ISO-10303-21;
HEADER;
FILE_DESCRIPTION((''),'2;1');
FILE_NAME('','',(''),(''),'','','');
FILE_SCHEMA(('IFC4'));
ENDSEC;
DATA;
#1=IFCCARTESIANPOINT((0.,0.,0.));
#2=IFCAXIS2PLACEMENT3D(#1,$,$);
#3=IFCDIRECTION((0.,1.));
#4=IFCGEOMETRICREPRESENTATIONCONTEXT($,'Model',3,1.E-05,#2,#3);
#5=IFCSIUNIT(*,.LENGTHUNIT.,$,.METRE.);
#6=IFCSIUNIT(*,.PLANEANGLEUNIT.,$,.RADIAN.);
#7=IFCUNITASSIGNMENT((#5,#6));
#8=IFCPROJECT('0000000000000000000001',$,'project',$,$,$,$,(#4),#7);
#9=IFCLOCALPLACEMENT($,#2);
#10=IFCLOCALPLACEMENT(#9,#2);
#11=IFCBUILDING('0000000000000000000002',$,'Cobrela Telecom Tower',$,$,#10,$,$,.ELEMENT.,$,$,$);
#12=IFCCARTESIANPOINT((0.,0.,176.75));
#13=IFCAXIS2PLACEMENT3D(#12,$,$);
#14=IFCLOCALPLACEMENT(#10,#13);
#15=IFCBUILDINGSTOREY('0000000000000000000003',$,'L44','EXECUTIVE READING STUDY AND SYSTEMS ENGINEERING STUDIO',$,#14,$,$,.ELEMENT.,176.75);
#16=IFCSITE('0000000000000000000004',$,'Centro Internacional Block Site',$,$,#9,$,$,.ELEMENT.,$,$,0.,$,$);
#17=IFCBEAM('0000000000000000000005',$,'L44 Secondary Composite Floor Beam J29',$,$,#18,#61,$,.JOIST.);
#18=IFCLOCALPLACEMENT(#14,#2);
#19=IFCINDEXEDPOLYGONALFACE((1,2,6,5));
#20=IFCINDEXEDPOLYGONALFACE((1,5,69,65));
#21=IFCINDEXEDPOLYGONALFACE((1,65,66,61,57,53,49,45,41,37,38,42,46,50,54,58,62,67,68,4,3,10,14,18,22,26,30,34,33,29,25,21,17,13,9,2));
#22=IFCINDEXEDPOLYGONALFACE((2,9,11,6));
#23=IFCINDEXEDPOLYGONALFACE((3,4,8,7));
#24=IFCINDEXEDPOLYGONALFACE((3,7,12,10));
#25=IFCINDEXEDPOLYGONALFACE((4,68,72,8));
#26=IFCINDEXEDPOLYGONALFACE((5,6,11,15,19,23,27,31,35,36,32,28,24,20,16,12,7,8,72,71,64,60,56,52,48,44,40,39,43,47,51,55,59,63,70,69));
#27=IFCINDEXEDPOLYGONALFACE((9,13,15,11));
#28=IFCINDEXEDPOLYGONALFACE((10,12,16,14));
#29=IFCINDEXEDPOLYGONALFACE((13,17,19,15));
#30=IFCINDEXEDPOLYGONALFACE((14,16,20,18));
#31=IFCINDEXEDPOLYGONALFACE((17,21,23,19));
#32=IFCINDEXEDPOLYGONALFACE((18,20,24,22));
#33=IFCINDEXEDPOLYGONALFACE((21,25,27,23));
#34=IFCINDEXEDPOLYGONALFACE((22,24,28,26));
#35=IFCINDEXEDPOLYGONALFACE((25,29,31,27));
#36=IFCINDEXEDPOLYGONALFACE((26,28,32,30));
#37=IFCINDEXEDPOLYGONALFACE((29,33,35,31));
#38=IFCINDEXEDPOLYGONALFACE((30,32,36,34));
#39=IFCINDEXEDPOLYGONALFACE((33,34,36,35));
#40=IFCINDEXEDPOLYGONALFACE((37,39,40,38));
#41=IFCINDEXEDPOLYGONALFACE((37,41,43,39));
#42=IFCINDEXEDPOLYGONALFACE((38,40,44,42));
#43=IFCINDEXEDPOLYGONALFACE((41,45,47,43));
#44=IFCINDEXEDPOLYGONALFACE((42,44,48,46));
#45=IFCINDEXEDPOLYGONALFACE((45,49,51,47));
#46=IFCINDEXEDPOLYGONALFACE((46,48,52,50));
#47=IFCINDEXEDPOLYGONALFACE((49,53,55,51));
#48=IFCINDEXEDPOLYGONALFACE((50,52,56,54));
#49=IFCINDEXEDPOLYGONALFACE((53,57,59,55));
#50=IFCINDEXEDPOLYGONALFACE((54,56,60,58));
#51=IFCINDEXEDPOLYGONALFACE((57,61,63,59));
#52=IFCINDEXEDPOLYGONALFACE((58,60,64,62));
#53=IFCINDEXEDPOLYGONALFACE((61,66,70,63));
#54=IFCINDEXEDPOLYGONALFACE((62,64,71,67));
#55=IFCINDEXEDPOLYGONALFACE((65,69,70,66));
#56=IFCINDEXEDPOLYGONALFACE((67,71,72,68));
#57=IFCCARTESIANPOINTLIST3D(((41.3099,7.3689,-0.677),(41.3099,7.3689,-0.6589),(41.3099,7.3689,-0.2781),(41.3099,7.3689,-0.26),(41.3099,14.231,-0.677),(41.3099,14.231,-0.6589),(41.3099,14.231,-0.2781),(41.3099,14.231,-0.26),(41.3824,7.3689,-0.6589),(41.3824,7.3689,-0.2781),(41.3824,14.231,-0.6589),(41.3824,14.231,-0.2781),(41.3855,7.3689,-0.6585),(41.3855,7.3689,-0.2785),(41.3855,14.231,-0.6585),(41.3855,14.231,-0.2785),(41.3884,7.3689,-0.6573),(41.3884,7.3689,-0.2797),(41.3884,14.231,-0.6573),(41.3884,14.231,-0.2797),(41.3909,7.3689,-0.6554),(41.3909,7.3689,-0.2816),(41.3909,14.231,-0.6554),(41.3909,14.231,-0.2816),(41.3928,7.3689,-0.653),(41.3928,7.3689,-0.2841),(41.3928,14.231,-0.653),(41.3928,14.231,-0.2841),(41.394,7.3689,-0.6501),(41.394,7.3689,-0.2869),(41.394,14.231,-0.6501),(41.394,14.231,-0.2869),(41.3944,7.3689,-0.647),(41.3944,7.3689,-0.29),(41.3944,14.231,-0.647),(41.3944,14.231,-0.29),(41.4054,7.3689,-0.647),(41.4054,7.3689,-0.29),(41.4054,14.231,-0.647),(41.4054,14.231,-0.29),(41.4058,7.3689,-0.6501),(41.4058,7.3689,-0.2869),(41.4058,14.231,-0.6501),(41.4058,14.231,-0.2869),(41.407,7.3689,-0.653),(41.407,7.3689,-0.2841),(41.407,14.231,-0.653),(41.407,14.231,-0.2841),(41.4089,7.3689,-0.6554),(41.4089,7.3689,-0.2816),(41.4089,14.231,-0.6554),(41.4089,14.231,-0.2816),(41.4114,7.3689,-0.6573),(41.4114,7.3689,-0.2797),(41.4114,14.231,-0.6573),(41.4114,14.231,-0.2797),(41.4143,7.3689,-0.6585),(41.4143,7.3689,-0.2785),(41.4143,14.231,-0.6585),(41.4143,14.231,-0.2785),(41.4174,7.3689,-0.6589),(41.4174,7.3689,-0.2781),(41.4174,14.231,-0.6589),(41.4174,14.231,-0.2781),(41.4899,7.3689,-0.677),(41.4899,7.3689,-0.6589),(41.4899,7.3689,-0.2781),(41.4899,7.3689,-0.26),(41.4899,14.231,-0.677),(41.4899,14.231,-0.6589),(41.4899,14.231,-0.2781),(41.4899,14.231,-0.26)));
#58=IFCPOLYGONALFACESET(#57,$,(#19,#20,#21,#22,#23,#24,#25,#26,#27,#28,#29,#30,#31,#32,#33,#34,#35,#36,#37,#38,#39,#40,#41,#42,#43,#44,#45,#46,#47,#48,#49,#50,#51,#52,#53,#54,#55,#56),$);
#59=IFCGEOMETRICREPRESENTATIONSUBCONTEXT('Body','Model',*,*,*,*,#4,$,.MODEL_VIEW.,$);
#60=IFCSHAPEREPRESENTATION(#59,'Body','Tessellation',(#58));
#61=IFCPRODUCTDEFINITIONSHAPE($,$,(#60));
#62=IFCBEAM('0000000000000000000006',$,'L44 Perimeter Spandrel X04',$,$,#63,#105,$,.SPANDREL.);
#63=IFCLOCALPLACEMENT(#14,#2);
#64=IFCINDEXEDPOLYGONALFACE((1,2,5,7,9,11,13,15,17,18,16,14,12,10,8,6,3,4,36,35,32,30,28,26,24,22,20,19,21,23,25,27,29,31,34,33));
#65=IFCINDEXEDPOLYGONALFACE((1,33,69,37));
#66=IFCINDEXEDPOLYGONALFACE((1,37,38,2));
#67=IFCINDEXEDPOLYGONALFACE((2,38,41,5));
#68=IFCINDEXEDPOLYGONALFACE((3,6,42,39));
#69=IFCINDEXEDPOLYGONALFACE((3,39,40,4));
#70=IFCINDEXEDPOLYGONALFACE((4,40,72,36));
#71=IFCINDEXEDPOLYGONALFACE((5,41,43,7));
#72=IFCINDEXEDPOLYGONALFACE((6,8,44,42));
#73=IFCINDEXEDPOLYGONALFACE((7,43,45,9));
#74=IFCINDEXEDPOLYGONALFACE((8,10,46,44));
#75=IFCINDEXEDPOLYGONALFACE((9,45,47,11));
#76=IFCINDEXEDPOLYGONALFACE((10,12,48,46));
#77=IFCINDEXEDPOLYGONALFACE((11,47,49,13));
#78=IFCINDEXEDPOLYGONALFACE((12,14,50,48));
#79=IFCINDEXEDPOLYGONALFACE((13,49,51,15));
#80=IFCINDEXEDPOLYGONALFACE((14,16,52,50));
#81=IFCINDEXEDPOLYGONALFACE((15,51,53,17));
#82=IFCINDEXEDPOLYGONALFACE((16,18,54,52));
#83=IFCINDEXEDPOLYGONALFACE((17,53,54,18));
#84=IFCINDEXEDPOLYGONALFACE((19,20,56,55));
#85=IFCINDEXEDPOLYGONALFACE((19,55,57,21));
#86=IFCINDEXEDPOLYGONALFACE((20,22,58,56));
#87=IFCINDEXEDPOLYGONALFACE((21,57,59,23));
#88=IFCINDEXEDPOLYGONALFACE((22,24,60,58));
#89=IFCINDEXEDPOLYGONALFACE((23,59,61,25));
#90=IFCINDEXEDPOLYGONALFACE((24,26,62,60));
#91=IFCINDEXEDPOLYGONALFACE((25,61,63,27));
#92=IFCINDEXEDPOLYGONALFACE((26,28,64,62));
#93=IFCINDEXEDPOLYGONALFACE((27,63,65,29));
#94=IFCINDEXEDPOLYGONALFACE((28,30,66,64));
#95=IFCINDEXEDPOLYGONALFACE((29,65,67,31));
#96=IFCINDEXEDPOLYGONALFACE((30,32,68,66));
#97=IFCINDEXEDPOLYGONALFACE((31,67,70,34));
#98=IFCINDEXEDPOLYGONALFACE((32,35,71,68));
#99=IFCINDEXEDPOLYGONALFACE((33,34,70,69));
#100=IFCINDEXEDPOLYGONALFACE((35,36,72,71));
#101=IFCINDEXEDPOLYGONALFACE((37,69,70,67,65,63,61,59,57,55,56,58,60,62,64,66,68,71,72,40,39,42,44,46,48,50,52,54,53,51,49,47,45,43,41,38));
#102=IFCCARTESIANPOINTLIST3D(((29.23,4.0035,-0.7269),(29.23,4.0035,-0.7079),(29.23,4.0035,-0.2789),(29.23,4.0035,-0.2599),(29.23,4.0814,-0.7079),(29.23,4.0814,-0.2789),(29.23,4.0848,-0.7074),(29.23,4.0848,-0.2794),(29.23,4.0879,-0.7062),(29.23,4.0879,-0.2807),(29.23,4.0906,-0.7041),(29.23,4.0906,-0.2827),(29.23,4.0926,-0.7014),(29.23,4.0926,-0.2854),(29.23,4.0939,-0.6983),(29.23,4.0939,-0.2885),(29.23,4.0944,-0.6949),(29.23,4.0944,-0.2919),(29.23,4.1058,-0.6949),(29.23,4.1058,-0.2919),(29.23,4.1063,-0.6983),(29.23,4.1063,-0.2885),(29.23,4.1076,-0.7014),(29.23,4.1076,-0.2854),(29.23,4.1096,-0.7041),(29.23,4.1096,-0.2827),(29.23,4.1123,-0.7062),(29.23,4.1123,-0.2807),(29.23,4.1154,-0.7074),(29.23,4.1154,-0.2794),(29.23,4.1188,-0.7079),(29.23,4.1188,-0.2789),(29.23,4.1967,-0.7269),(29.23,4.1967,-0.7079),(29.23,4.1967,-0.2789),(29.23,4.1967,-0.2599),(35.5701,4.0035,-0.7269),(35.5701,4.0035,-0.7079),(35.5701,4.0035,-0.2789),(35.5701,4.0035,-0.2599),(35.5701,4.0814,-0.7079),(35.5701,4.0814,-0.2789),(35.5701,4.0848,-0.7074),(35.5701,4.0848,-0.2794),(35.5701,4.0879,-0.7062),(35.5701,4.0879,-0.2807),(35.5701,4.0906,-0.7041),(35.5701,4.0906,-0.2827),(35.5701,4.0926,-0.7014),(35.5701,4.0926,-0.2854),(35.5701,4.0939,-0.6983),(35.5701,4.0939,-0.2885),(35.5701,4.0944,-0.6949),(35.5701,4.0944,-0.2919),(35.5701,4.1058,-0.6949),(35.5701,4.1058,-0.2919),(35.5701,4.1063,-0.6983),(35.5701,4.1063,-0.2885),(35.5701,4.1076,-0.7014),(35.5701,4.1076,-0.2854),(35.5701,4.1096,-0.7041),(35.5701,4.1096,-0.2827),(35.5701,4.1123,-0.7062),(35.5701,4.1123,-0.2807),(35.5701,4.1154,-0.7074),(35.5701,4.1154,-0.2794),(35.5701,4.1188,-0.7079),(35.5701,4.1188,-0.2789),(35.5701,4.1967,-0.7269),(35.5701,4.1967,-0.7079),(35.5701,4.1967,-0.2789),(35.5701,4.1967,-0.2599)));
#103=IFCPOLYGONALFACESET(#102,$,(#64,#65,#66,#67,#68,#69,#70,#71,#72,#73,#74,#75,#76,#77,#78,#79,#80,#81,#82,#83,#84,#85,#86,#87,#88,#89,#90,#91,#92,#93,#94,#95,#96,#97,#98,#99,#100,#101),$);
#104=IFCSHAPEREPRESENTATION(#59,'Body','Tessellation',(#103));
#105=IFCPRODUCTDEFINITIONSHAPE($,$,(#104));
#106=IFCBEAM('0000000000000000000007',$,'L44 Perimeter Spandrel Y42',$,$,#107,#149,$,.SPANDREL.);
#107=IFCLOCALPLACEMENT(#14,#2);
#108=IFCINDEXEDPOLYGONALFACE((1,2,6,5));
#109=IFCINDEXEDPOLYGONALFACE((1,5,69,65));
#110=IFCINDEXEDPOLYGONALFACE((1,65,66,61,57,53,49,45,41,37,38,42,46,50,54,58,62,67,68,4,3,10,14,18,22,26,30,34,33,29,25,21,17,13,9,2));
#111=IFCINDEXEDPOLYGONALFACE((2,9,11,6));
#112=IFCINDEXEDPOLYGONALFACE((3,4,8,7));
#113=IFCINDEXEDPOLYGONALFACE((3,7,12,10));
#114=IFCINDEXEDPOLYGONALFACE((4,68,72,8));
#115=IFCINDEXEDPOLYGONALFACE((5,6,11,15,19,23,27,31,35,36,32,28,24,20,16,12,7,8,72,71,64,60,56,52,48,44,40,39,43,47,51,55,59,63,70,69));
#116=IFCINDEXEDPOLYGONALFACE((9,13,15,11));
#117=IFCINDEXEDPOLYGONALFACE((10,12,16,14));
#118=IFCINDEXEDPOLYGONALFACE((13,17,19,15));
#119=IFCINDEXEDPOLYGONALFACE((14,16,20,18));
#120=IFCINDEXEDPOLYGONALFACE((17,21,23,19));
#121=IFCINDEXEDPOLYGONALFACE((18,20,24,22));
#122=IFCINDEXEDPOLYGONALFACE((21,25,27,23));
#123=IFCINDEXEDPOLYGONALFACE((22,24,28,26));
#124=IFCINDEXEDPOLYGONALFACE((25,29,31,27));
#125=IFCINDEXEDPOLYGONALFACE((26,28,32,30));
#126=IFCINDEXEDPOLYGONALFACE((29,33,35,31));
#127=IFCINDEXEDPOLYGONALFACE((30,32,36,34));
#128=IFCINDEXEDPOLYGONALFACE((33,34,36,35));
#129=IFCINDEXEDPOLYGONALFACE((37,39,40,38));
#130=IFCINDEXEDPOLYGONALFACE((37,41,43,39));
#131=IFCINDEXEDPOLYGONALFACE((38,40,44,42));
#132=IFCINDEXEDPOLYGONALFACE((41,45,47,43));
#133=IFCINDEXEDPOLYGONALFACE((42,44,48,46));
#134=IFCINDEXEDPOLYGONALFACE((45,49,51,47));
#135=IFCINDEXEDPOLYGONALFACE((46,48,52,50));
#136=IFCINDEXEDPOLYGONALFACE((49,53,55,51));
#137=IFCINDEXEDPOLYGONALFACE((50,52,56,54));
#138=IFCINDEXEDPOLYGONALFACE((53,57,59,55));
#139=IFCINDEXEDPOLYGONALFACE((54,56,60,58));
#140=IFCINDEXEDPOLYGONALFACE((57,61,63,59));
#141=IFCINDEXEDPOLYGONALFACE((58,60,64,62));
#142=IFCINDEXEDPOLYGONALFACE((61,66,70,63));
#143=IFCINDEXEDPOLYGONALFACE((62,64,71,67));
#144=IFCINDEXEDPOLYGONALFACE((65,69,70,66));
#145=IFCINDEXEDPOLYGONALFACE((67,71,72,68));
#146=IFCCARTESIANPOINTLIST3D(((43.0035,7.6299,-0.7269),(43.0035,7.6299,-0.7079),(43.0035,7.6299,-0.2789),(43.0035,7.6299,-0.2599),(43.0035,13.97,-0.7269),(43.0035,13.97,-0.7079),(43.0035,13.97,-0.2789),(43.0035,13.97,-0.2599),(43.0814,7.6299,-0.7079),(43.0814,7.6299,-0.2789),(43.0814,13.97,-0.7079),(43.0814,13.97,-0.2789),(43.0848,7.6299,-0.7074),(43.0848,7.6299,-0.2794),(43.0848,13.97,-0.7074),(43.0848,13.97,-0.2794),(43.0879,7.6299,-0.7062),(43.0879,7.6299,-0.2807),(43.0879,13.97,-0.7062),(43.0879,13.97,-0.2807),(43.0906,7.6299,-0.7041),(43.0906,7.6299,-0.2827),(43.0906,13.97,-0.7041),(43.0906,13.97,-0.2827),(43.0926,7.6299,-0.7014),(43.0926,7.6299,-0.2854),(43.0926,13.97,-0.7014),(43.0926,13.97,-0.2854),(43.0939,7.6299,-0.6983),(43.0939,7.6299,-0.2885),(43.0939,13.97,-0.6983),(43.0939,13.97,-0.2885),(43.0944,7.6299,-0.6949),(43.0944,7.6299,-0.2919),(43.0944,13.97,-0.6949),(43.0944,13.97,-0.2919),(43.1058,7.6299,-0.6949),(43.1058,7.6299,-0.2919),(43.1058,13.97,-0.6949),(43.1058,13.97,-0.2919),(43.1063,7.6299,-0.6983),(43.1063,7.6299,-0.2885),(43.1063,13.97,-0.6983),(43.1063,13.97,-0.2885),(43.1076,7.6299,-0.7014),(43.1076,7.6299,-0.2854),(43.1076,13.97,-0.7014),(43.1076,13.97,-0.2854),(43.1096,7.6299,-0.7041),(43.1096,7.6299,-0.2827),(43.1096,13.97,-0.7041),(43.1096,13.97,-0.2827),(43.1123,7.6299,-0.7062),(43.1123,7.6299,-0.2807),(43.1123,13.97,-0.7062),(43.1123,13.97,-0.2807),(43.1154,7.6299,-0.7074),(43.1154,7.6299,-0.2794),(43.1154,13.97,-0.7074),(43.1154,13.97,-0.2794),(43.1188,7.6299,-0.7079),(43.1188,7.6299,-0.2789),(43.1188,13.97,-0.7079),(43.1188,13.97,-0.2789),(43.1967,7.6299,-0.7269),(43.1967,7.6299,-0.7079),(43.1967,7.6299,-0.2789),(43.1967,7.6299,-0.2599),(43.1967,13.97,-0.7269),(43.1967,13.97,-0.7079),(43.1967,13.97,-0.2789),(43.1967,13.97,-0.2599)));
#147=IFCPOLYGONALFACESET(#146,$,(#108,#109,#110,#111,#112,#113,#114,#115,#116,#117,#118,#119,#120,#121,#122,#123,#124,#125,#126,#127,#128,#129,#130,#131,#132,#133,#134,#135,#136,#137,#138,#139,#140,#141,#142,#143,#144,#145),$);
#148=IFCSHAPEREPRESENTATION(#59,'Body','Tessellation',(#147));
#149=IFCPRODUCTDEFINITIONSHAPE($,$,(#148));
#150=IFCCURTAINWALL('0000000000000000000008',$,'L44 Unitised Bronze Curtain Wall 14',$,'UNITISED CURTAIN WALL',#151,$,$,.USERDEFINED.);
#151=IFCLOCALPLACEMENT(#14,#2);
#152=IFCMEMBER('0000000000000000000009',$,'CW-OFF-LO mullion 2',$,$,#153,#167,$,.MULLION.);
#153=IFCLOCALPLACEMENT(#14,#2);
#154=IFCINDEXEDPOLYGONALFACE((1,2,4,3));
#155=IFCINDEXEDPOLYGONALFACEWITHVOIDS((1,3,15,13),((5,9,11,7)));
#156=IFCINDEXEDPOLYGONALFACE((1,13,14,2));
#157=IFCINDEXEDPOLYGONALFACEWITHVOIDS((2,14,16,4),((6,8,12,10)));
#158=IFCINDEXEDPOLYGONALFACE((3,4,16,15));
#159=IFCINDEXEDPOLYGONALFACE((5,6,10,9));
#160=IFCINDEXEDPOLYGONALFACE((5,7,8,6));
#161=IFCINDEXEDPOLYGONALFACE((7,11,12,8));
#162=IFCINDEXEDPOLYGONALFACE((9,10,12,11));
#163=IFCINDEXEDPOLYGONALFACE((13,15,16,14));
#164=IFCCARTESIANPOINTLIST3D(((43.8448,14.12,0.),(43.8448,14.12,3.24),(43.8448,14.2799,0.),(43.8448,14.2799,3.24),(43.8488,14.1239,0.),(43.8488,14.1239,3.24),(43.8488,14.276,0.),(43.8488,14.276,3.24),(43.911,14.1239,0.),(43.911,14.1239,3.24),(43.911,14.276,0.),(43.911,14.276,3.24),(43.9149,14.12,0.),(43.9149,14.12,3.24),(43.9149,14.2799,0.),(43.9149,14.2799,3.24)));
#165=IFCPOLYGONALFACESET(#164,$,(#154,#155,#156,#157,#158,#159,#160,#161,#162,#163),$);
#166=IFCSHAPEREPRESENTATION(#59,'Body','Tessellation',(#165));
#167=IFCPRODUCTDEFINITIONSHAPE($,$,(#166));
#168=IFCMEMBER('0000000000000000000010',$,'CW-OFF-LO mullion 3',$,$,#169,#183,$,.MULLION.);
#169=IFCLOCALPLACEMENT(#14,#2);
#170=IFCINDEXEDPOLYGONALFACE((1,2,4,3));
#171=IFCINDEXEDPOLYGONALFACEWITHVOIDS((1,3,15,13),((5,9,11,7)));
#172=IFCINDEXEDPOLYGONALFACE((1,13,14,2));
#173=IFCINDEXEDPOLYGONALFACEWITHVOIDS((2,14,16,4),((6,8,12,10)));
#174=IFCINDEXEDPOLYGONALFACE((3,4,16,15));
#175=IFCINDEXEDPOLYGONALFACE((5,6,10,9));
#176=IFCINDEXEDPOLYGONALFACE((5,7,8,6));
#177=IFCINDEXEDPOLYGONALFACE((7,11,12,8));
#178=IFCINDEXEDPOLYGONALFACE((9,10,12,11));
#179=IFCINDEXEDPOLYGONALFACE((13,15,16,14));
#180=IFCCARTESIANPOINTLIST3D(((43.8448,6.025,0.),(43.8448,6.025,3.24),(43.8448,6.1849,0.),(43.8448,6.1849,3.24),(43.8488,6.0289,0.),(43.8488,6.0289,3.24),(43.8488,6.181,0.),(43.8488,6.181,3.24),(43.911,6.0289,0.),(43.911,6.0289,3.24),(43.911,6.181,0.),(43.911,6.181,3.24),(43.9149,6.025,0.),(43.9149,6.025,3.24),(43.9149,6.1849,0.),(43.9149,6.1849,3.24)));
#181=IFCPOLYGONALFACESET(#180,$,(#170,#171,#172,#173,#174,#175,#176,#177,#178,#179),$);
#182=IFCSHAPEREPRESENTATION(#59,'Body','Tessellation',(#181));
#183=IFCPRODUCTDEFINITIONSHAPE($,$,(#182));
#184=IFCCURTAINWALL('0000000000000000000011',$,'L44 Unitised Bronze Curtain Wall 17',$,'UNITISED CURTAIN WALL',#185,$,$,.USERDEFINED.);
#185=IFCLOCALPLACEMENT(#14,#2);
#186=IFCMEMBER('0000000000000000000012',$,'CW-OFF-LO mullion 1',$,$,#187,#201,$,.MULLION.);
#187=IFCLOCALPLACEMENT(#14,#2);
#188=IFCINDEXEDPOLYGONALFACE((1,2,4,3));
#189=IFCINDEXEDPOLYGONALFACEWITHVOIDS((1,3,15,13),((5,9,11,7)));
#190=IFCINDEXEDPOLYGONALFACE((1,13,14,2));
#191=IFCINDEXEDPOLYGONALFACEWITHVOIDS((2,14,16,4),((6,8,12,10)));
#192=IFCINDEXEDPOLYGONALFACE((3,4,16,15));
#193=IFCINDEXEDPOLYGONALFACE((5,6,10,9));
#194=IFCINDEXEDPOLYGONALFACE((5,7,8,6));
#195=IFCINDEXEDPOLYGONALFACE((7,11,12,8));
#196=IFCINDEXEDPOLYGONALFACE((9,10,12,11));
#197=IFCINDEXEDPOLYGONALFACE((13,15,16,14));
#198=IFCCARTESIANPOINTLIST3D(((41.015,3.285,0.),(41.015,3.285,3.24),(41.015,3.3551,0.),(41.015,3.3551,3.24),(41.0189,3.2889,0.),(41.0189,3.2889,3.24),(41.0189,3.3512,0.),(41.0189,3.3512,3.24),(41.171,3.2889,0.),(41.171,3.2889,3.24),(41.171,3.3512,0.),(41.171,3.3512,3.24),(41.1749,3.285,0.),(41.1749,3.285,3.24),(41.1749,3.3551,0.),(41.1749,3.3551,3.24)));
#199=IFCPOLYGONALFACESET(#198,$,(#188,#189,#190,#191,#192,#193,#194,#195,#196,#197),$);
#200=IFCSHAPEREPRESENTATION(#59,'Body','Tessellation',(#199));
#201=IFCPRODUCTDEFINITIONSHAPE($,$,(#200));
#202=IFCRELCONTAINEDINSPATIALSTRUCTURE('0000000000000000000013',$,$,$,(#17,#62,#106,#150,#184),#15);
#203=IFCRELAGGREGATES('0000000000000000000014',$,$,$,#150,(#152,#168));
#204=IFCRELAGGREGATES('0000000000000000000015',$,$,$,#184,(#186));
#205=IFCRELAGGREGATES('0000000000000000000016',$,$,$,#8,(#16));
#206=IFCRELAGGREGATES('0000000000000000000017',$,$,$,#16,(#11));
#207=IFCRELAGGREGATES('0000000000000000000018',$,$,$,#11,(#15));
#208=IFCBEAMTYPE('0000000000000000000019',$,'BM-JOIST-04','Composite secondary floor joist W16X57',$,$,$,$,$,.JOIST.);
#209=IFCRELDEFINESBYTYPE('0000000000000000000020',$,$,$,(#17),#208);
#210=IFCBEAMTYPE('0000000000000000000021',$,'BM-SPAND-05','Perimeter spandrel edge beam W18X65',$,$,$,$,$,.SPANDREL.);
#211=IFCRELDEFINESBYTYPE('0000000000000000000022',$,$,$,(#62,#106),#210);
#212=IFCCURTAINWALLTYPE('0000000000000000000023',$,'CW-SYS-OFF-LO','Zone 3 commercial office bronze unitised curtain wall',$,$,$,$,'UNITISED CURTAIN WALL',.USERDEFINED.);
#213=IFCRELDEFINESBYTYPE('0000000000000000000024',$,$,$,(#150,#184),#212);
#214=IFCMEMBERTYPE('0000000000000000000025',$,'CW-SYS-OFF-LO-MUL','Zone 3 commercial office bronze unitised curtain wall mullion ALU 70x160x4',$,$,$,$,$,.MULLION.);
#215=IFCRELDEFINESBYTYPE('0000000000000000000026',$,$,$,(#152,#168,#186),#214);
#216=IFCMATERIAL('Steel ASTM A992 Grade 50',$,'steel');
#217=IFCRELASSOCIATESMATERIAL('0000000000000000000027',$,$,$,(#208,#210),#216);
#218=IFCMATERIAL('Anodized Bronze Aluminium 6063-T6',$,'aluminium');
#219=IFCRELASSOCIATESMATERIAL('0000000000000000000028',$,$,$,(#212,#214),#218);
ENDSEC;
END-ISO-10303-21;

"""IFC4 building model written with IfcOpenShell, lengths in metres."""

from ifc_helpers import new_model, si_unit, direction, frame, origin, origin_2d, place, context, subcontext, project, spatial, hollow_rectangle, i_section, extrude, material, material_profile, profile_set, type_object, element, aggregate, save


model = new_model("IFC4")

# Units and contexts
model_context = context("Model", 3, precision=1e-05, world=origin(), true_north=direction((0.0, 1.0)))
body_context = subcontext(model_context, "Body", "Model", "MODEL_VIEW")
ifc_project = project(units=[si_unit("LENGTHUNIT", "METRE"), si_unit("PLANEANGLEUNIT", "RADIAN")], contexts=[model_context])

# Site, building, storey
site_placement = place(None, origin())
site = spatial("IfcSite", under=ifc_project, at=site_placement, Name="Centro Internacional Block Site", CompositionType="ELEMENT", RefElevation=0.0)
building_placement = place(site_placement, origin())
building = spatial("IfcBuilding", under=site, at=building_placement, Name="Cobrela Telecom Tower", CompositionType="ELEMENT")
storey_placement = place(building_placement, frame((0.0, 0.0, 176.75)))
storey = spatial("IfcBuildingStorey", under=building, at=storey_placement, Name="L44", Description="EXECUTIVE READING STUDY AND SYSTEMS ENGINEERING STUDIO", CompositionType="ELEMENT", Elevation=176.75)

# Shared definitions
ifc_material_1 = material(Name="Steel ASTM A992 Grade 50", Category="steel")

# Beams
ifc_material_profile_1 = material_profile(ifc_material_1, i_section(OverallWidth=0.1799, OverallDepth=0.417, WebThickness=0.011, FlangeThickness=0.0181, FilletRadius=0.012, at=origin_2d()), Name="W16X57")
ifc_profile_set_1 = profile_set([ifc_material_profile_1], Name="Steel ASTM A992 Grade 50")
beam_type_1 = type_object("IfcBeamType", Name="BM-JOIST-04", Description="Composite secondary floor joist W16X57", PredefinedType="JOIST", material=ifc_profile_set_1)
for number, where, z_axis, x_axis, name in (
    (1, (41.3999, 7.3689, -0.4685), (0.0, 1.0, 0.0), (-1.0, 0.0, 0.0), "L44 Secondary Composite Floor Beam J29"),
):
    element("IfcBeam", number, at=place(storey_placement, frame(where, z_axis=z_axis, x_axis=x_axis)), inside=storey, type_object=beam_type_1, Name=name, PredefinedType="JOIST", context=body_context, shape_type="SweptSolid", body=[
        extrude(i_section(OverallWidth=0.1799, OverallDepth=0.417, WebThickness=0.011, FlangeThickness=0.0181, FilletRadius=0.012, at=origin_2d()), origin(), (0.0, 0.0, 1.0), 6.8621),
    ])
ifc_material_profile_2 = material_profile(ifc_material_1, i_section(OverallWidth=0.1931, OverallDepth=0.467, WebThickness=0.0115, FlangeThickness=0.019, FilletRadius=0.0129, at=origin_2d()), Name="W18X65")
ifc_profile_set_2 = profile_set([ifc_material_profile_2], Name="Steel ASTM A992 Grade 50")
beam_type_2 = type_object("IfcBeamType", Name="BM-SPAND-05", Description="Perimeter spandrel edge beam W18X65", PredefinedType="SPANDREL", material=ifc_profile_set_2)
for number, where, z_axis, x_axis, name in (
    (2, (29.23, 4.1001, -0.4934), (1.0, 0.0, 0.0), (0.0, 1.0, 0.0), "L44 Perimeter Spandrel X04"),
    (3, (43.1001, 7.6299, -0.4934), (0.0, 1.0, 0.0), (-1.0, 0.0, 0.0), "L44 Perimeter Spandrel Y42"),
):
    element("IfcBeam", number, at=place(storey_placement, frame(where, z_axis=z_axis, x_axis=x_axis)), inside=storey, type_object=beam_type_2, Name=name, PredefinedType="SPANDREL", context=body_context, shape_type="SweptSolid", body=[
        extrude(i_section(OverallWidth=0.1931, OverallDepth=0.467, WebThickness=0.0115, FlangeThickness=0.019, FilletRadius=0.0129, at=origin_2d()), origin(), (0.0, 0.0, 1.0), 6.3401),
    ])

# Curtain walls, members
ifc_material_2 = material(Name="Anodized Bronze Aluminium 6063-T6", Category="aluminium")
curtain_wall_type = type_object("IfcCurtainWallType", Name="CW-SYS-OFF-LO", Description="Zone 3 commercial office bronze unitised curtain wall", ElementType="UNITISED CURTAIN WALL", PredefinedType="USERDEFINED", material=ifc_material_2)
curtain_wall_1_placement = place(storey_placement, origin())
curtain_wall_1 = element("IfcCurtainWall", 4, at=curtain_wall_1_placement, inside=storey, type_object=curtain_wall_type, Name="L44 Unitised Bronze Curtain Wall 14", ObjectType="UNITISED CURTAIN WALL", PredefinedType="USERDEFINED")
ifc_material_profile_3 = material_profile(ifc_material_2, hollow_rectangle(XDim=0.0701, YDim=0.1599, WallThickness=0.0039, at=origin_2d()), Name="ALU 70x160x4")
ifc_profile_set_3 = profile_set([ifc_material_profile_3], Name="Anodized Bronze Aluminium 6063-T6")
member_type_1 = type_object("IfcMemberType", Name="CW-SYS-OFF-LO-MUL", Description="Zone 3 commercial office bronze unitised curtain wall mullion ALU 70x160x4", PredefinedType="MULLION", material=ifc_profile_set_3)
member_1_placement = place(storey_placement, frame((43.8799, 14.2, 0.0), z_axis=(0.0, 0.0, 1.0), x_axis=(1.0, 0.0, 0.0)))
member_1 = element("IfcMember", 5, at=member_1_placement, type_object=member_type_1, Name="CW-OFF-LO mullion 2", PredefinedType="MULLION", context=body_context, shape_type="SweptSolid", body=[
    extrude(hollow_rectangle(XDim=0.0701, YDim=0.1599, WallThickness=0.0039, at=origin_2d()), origin(), (0.0, 0.0, 1.0), 3.24),
])
member_2_placement = place(storey_placement, frame((43.8799, 6.105, 0.0), z_axis=(0.0, 0.0, 1.0), x_axis=(1.0, 0.0, 0.0)))
member_2 = element("IfcMember", 6, at=member_2_placement, type_object=member_type_1, Name="CW-OFF-LO mullion 3", PredefinedType="MULLION", context=body_context, shape_type="SweptSolid", body=[
    extrude(hollow_rectangle(XDim=0.0701, YDim=0.1599, WallThickness=0.0039, at=origin_2d()), origin(), (0.0, 0.0, 1.0), 3.24),
])
curtain_wall_2_placement = place(storey_placement, origin())
curtain_wall_2 = element("IfcCurtainWall", 7, at=curtain_wall_2_placement, inside=storey, type_object=curtain_wall_type, Name="L44 Unitised Bronze Curtain Wall 17", ObjectType="UNITISED CURTAIN WALL", PredefinedType="USERDEFINED")
member_3_placement = place(storey_placement, frame((41.095, 3.3201, 0.0), z_axis=(0.0, 0.0, 1.0), x_axis=(0.0, -1.0, 0.0)))
member_3 = element("IfcMember", 8, at=member_3_placement, type_object=member_type_1, Name="CW-OFF-LO mullion 1", PredefinedType="MULLION", context=body_context, shape_type="SweptSolid", body=[
    extrude(hollow_rectangle(XDim=0.0701, YDim=0.1599, WallThickness=0.0039, at=origin_2d()), origin(), (0.0, 0.0, 1.0), 3.24),
])

aggregate(curtain_wall_1, [member_1, member_2])
aggregate(curtain_wall_2, [member_3])

save(model, "model.ifc")
